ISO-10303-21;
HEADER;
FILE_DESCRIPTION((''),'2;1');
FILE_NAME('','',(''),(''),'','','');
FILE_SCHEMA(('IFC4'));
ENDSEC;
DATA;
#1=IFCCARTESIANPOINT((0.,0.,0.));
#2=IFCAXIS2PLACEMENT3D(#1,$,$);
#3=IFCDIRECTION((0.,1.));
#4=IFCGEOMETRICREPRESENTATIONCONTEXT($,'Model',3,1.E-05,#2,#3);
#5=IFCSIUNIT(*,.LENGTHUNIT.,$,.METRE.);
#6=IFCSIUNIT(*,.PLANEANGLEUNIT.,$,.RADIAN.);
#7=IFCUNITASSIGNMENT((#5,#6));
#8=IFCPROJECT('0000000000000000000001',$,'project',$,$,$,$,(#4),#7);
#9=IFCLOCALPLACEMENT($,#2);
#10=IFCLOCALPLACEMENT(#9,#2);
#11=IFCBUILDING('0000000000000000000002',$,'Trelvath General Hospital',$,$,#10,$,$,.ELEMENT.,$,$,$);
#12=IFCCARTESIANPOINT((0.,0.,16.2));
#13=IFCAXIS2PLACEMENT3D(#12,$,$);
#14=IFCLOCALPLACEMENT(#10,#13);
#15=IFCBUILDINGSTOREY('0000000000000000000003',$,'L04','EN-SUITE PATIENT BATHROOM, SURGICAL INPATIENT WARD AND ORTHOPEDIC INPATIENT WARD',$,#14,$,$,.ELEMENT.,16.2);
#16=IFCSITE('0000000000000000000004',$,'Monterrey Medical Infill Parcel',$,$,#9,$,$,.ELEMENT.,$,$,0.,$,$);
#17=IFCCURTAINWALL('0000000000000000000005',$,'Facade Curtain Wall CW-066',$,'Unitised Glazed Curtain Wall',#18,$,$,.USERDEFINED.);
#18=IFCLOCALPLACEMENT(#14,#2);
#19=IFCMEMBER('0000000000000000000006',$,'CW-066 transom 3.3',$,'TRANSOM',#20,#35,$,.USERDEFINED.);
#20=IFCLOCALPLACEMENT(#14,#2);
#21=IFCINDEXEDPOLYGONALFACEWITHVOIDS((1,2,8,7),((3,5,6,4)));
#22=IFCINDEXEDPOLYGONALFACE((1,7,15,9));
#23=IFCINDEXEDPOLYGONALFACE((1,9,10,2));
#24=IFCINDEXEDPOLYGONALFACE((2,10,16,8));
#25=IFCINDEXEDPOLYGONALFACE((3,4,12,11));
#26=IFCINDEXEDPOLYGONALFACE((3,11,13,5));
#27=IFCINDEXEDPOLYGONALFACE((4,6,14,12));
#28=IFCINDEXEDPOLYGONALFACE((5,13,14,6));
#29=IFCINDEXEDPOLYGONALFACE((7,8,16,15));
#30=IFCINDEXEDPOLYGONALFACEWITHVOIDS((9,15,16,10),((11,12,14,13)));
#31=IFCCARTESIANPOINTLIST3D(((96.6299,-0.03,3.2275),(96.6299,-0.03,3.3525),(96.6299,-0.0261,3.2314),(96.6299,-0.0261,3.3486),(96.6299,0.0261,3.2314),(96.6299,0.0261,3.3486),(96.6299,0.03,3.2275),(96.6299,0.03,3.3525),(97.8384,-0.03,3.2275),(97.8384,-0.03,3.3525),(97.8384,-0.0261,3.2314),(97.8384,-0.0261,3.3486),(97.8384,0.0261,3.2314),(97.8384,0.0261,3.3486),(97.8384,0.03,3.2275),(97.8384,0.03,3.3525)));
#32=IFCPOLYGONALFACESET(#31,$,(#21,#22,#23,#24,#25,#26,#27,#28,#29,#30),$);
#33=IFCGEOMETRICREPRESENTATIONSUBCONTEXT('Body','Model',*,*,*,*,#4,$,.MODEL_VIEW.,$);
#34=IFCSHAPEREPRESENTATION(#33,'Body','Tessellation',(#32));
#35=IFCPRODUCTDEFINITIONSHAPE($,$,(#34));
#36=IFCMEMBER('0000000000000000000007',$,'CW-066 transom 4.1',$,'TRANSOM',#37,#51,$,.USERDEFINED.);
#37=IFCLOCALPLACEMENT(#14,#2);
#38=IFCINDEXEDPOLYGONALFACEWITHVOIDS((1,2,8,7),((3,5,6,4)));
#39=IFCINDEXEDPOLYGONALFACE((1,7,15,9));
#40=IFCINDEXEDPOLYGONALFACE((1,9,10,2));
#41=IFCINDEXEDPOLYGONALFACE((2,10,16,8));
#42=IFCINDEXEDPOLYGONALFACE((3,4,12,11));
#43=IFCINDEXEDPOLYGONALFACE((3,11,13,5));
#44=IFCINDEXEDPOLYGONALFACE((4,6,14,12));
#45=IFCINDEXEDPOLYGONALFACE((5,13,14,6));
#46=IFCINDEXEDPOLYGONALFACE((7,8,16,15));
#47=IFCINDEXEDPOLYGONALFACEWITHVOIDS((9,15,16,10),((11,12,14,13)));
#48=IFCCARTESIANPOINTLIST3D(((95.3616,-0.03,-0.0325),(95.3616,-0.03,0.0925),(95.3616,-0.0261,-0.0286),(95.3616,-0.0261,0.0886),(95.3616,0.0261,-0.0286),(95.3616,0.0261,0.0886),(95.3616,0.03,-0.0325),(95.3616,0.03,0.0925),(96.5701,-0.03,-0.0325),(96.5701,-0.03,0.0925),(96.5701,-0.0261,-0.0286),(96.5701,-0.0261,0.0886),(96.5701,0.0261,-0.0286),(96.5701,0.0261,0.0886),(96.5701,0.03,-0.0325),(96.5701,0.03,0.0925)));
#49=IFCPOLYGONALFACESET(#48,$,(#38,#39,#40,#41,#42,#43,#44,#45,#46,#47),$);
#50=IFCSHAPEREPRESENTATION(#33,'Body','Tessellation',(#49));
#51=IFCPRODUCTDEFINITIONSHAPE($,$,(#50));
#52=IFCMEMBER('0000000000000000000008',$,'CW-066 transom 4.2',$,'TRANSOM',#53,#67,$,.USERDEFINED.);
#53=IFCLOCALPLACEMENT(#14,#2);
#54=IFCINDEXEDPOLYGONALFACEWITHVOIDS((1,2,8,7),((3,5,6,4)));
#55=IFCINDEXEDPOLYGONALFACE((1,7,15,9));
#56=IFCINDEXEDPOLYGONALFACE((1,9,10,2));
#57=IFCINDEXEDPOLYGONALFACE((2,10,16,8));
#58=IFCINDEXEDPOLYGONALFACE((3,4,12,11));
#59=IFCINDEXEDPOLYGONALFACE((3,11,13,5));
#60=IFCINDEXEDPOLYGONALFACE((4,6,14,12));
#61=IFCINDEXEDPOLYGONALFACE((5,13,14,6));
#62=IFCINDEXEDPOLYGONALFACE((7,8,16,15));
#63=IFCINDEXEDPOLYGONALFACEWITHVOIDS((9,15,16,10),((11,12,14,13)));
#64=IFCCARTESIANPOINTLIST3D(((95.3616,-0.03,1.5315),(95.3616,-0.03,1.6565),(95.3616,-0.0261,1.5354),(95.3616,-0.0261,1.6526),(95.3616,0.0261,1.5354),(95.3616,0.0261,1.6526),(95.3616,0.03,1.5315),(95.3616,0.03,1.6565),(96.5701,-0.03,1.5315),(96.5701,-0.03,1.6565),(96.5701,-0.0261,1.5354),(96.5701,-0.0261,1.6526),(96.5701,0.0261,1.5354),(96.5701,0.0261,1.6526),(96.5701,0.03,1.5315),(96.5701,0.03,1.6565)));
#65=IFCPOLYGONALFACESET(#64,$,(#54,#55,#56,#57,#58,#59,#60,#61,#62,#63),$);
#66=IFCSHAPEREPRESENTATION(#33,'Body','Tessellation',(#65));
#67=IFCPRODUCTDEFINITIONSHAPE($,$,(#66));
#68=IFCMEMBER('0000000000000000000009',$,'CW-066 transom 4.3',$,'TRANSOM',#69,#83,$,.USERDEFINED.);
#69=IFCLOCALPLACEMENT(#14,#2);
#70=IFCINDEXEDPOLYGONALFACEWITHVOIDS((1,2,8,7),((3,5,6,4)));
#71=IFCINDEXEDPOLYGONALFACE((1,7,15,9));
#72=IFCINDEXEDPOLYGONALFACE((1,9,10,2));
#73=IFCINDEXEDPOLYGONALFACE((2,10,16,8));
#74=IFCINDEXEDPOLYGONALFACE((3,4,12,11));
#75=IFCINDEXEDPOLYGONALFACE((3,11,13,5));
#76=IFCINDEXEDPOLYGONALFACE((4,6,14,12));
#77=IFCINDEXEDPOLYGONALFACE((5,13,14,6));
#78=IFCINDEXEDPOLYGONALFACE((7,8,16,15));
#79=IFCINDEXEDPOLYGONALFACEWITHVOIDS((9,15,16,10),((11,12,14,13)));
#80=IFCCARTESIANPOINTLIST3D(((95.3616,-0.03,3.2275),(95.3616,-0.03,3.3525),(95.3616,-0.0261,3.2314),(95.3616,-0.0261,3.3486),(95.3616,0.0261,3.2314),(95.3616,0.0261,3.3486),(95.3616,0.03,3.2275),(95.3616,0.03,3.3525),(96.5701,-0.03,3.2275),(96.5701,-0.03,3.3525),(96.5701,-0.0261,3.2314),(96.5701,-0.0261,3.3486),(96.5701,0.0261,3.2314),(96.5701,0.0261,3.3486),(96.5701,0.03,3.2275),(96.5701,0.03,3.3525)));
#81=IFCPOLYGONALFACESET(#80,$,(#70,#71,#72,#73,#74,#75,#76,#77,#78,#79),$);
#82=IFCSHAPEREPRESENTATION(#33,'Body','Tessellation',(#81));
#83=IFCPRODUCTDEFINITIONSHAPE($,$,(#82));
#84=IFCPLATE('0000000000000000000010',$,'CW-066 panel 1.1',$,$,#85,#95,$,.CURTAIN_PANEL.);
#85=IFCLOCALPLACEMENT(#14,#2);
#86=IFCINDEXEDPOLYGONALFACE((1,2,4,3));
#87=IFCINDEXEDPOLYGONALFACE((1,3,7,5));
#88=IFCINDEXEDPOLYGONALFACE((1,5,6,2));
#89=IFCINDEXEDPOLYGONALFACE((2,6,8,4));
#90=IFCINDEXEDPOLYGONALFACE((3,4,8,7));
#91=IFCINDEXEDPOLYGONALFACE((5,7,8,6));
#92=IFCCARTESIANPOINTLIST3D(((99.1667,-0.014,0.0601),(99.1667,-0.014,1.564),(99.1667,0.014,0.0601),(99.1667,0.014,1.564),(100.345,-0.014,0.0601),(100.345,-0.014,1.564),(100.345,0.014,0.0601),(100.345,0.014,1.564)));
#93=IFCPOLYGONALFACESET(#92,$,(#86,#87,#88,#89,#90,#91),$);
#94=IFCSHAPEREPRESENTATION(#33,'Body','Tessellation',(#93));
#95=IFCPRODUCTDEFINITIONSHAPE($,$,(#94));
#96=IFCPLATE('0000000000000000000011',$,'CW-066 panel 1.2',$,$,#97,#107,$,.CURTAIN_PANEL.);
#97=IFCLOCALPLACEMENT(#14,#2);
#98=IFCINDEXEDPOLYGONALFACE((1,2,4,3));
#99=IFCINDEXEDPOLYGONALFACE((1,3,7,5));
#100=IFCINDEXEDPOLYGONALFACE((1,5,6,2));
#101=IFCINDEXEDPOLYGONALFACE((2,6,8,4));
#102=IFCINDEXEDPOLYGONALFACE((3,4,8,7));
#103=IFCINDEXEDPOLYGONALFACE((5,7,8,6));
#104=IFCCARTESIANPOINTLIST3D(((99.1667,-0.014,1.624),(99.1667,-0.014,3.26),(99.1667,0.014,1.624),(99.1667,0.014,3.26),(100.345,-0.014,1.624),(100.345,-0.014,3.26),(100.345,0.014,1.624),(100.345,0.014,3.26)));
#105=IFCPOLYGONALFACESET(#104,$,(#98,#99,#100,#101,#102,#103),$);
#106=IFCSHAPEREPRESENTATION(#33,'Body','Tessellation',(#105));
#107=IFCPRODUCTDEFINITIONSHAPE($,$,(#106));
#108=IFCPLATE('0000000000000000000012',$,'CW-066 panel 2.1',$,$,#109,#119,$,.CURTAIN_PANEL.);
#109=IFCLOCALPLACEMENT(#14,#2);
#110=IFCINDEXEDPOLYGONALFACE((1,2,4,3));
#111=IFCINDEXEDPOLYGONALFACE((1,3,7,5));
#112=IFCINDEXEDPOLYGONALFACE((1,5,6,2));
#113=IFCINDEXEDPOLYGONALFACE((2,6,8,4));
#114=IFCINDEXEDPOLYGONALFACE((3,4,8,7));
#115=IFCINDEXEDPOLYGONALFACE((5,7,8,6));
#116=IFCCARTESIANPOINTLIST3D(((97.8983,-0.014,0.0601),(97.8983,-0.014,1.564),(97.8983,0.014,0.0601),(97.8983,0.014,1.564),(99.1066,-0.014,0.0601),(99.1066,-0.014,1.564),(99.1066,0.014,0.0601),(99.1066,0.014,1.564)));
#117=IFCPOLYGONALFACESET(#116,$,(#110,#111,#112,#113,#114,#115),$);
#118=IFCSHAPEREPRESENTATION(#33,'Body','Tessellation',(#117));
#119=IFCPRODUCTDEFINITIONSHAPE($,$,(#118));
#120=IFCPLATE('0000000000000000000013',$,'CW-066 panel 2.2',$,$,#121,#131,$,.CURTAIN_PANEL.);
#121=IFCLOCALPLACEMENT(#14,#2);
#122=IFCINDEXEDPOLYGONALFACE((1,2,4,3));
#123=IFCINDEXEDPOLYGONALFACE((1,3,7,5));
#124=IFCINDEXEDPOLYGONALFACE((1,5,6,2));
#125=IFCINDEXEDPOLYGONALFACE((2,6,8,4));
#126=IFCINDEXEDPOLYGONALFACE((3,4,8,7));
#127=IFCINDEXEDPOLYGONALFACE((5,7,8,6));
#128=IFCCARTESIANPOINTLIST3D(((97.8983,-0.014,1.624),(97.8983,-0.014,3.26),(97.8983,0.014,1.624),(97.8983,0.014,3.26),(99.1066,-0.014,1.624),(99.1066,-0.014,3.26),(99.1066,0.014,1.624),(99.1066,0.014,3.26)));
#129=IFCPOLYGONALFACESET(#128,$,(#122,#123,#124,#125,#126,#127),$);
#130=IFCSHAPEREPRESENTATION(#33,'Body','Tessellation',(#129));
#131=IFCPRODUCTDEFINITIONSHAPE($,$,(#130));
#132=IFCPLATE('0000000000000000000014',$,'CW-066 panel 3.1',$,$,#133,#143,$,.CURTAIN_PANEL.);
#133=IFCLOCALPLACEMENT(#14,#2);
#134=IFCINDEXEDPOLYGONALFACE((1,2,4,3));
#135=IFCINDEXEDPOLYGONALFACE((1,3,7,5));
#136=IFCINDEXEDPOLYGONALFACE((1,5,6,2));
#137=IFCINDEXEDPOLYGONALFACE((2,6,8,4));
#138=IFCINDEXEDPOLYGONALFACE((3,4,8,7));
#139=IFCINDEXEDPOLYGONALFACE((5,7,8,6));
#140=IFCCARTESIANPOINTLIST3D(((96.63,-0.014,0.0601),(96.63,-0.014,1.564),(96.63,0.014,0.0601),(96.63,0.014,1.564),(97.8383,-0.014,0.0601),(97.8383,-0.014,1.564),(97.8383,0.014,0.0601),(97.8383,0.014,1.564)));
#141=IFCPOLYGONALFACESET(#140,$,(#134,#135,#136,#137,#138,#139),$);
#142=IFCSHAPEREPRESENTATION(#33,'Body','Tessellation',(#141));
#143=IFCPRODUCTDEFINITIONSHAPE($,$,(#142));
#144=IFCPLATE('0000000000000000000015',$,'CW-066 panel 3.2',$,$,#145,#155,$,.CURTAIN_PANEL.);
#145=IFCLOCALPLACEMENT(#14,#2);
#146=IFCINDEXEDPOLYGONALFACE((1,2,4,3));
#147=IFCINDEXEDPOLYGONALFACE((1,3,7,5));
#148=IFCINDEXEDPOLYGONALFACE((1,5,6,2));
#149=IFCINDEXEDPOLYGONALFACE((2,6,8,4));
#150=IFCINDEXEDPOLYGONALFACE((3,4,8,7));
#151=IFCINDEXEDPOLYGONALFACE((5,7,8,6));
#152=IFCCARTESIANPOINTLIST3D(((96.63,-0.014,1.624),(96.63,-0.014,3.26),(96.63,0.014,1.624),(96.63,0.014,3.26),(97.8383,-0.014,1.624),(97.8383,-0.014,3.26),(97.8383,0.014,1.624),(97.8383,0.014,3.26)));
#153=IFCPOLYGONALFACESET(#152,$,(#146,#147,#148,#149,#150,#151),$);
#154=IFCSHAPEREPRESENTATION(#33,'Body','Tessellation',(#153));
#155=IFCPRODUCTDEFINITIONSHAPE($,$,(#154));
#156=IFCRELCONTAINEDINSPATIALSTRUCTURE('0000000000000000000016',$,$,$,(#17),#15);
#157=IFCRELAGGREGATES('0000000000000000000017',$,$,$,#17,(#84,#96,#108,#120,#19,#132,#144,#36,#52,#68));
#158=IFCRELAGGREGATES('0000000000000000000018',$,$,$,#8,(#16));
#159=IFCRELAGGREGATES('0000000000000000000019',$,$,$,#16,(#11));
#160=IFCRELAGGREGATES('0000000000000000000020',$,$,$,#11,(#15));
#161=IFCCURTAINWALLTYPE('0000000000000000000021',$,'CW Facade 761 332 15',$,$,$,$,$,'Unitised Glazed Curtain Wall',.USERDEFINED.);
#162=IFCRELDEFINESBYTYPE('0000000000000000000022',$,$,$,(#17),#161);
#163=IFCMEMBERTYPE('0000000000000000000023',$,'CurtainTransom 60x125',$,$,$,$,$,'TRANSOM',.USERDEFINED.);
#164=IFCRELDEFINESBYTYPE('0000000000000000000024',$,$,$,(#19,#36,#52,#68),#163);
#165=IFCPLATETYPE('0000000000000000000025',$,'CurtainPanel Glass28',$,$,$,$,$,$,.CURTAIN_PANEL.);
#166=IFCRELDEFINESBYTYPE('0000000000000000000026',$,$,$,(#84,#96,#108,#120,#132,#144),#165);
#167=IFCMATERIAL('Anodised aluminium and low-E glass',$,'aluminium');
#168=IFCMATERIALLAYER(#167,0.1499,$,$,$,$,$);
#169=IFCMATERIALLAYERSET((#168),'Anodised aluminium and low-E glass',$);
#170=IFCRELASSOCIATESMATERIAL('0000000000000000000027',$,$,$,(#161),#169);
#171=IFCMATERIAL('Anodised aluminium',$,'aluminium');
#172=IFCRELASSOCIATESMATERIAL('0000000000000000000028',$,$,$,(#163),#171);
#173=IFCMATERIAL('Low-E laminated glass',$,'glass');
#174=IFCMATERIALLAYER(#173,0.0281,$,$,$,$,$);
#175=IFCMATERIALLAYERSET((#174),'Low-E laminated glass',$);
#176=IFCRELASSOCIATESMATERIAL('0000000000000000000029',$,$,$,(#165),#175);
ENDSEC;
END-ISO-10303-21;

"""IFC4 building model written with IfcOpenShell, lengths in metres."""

from ifc_helpers import new_model, si_unit, direction, frame, origin, origin_2d, place, context, subcontext, project, spatial, rectangle, hollow_rectangle, extrude, material, layer, layer_set, material_profile, profile_set, type_object, element, aggregate, save


model = new_model("IFC4")

# Units and contexts
model_context = context("Model", 3, precision=1e-05, world=origin(), true_north=direction((0.0, 1.0)))
body_context = subcontext(model_context, "Body", "Model", "MODEL_VIEW")
ifc_project = project(units=[si_unit("LENGTHUNIT", "METRE"), si_unit("PLANEANGLEUNIT", "RADIAN")], contexts=[model_context])

# Site, building, storey
site_placement = place(None, origin())
site = spatial("IfcSite", under=ifc_project, at=site_placement, Name="Monterrey Medical Infill Parcel", CompositionType="ELEMENT", RefElevation=0.0)
building_placement = place(site_placement, origin())
building = spatial("IfcBuilding", under=site, at=building_placement, Name="Trelvath General Hospital", CompositionType="ELEMENT")
storey_placement = place(building_placement, frame((0.0, 0.0, 16.2)))
storey = spatial("IfcBuildingStorey", under=building, at=storey_placement, Name="L04", Description="EN-SUITE PATIENT BATHROOM, SURGICAL INPATIENT WARD AND ORTHOPEDIC INPATIENT WARD", CompositionType="ELEMENT", Elevation=16.2)

# Curtain wall, members, plates
ifc_material_1 = material(Name="Anodised aluminium and low-E glass", Category="aluminium")
ifc_layer_1 = layer(ifc_material_1, 0.1499)
ifc_layer_set_1 = layer_set([ifc_layer_1], Name="Anodised aluminium and low-E glass")
curtain_wall_type = type_object("IfcCurtainWallType", Name="CW Facade 761 332 15", ElementType="Unitised Glazed Curtain Wall", PredefinedType="USERDEFINED", material=ifc_layer_set_1)
curtain_wall_placement = place(storey_placement, origin())
curtain_wall = element("IfcCurtainWall", 1, at=curtain_wall_placement, inside=storey, type_object=curtain_wall_type, Name="Facade Curtain Wall CW-066", ObjectType="Unitised Glazed Curtain Wall", PredefinedType="USERDEFINED")
ifc_material_2 = material(Name="Anodised aluminium", Category="aluminium")
ifc_material_profile_1 = material_profile(ifc_material_2, hollow_rectangle(XDim=0.0601, YDim=0.125, WallThickness=0.0039, at=origin_2d()), Name="RHS60x125x4")
ifc_profile_set_1 = profile_set([ifc_material_profile_1], Name="Anodised aluminium")
member_type_1 = type_object("IfcMemberType", Name="CurtainTransom 60x125", ElementType="TRANSOM", PredefinedType="USERDEFINED", material=ifc_profile_set_1)
member_1_placement = place(storey_placement, frame((97.8384, 0.0, 3.29), z_axis=(-1.0, 0.0, 0.0), x_axis=(0.0, -1.0, 0.0)))
member_1 = element("IfcMember", 2, at=member_1_placement, type_object=member_type_1, Name="CW-066 transom 3.3", ObjectType="TRANSOM", PredefinedType="USERDEFINED", context=body_context, shape_type="SweptSolid", body=[
    extrude(hollow_rectangle(XDim=0.0601, YDim=0.125, WallThickness=0.0039, at=origin_2d()), origin(), (0.0, 0.0, 1.0), 1.2085),
])
member_2_placement = place(storey_placement, frame((96.5701, 0.0, 0.03), z_axis=(-1.0, 0.0, 0.0), x_axis=(0.0, -1.0, 0.0)))
member_2 = element("IfcMember", 3, at=member_2_placement, type_object=member_type_1, Name="CW-066 transom 4.1", ObjectType="TRANSOM", PredefinedType="USERDEFINED", context=body_context, shape_type="SweptSolid", body=[
    extrude(hollow_rectangle(XDim=0.0601, YDim=0.125, WallThickness=0.0039, at=origin_2d()), origin(), (0.0, 0.0, 1.0), 1.2085),
])
member_3_placement = place(storey_placement, frame((96.5701, 0.0, 1.594), z_axis=(-1.0, 0.0, 0.0), x_axis=(0.0, -1.0, 0.0)))
member_3 = element("IfcMember", 4, at=member_3_placement, type_object=member_type_1, Name="CW-066 transom 4.2", ObjectType="TRANSOM", PredefinedType="USERDEFINED", context=body_context, shape_type="SweptSolid", body=[
    extrude(hollow_rectangle(XDim=0.0601, YDim=0.125, WallThickness=0.0039, at=origin_2d()), origin(), (0.0, 0.0, 1.0), 1.2085),
])
member_4_placement = place(storey_placement, frame((96.5701, 0.0, 3.29), z_axis=(-1.0, 0.0, 0.0), x_axis=(0.0, -1.0, 0.0)))
member_4 = element("IfcMember", 5, at=member_4_placement, type_object=member_type_1, Name="CW-066 transom 4.3", ObjectType="TRANSOM", PredefinedType="USERDEFINED", context=body_context, shape_type="SweptSolid", body=[
    extrude(hollow_rectangle(XDim=0.0601, YDim=0.125, WallThickness=0.0039, at=origin_2d()), origin(), (0.0, 0.0, 1.0), 1.2085),
])
ifc_material_3 = material(Name="Low-E laminated glass", Category="glass")
ifc_layer_2 = layer(ifc_material_3, 0.0281)
ifc_layer_set_2 = layer_set([ifc_layer_2], Name="Low-E laminated glass")
plate_type = type_object("IfcPlateType", Name="CurtainPanel Glass28", PredefinedType="CURTAIN_PANEL", material=ifc_layer_set_2)
plate_1_placement = place(storey_placement, frame((99.7559, 0.0, 0.0601), z_axis=(0.0, 0.0, 1.0), x_axis=(-1.0, 0.0, 0.0)))
plate_1 = element("IfcPlate", 6, at=plate_1_placement, type_object=plate_type, Name="CW-066 panel 1.1", PredefinedType="CURTAIN_PANEL", context=body_context, shape_type="SweptSolid", body=[
    extrude(rectangle(XDim=1.1782, YDim=0.0281, at=origin_2d()), origin(), (0.0, 0.0, 1.0), 1.5039),
])
plate_2_placement = place(storey_placement, frame((99.7559, 0.0, 1.624), z_axis=(0.0, 0.0, 1.0), x_axis=(-1.0, 0.0, 0.0)))
plate_2 = element("IfcPlate", 7, at=plate_2_placement, type_object=plate_type, Name="CW-066 panel 1.2", PredefinedType="CURTAIN_PANEL", context=body_context, shape_type="SweptSolid", body=[
    extrude(rectangle(XDim=1.1782, YDim=0.0281, at=origin_2d()), origin(), (0.0, 0.0, 1.0), 1.636),
])
plate_3_placement = place(storey_placement, frame((98.5024, 0.0, 0.0601), z_axis=(0.0, 0.0, 1.0), x_axis=(-1.0, 0.0, 0.0)))
plate_3 = element("IfcPlate", 8, at=plate_3_placement, type_object=plate_type, Name="CW-066 panel 2.1", PredefinedType="CURTAIN_PANEL", context=body_context, shape_type="SweptSolid", body=[
    extrude(rectangle(XDim=1.2083, YDim=0.0281, at=origin_2d()), origin(), (0.0, 0.0, 1.0), 1.5039),
])
plate_4_placement = place(storey_placement, frame((98.5024, 0.0, 1.624), z_axis=(0.0, 0.0, 1.0), x_axis=(-1.0, 0.0, 0.0)))
plate_4 = element("IfcPlate", 9, at=plate_4_placement, type_object=plate_type, Name="CW-066 panel 2.2", PredefinedType="CURTAIN_PANEL", context=body_context, shape_type="SweptSolid", body=[
    extrude(rectangle(XDim=1.2083, YDim=0.0281, at=origin_2d()), origin(), (0.0, 0.0, 1.0), 1.636),
])
plate_5_placement = place(storey_placement, frame((97.2341, 0.0, 0.0601), z_axis=(0.0, 0.0, 1.0), x_axis=(-1.0, 0.0, 0.0)))
plate_5 = element("IfcPlate", 10, at=plate_5_placement, type_object=plate_type, Name="CW-066 panel 3.1", PredefinedType="CURTAIN_PANEL", context=body_context, shape_type="SweptSolid", body=[
    extrude(rectangle(XDim=1.2083, YDim=0.0281, at=origin_2d()), origin(), (0.0, 0.0, 1.0), 1.5039),
])
plate_6_placement = place(storey_placement, frame((97.2341, 0.0, 1.624), z_axis=(0.0, 0.0, 1.0), x_axis=(-1.0, 0.0, 0.0)))
plate_6 = element("IfcPlate", 11, at=plate_6_placement, type_object=plate_type, Name="CW-066 panel 3.2", PredefinedType="CURTAIN_PANEL", context=body_context, shape_type="SweptSolid", body=[
    extrude(rectangle(XDim=1.2083, YDim=0.0281, at=origin_2d()), origin(), (0.0, 0.0, 1.0), 1.636),
])
aggregate(curtain_wall, [plate_1, plate_2, plate_3, plate_4, member_1, plate_5, plate_6, member_2, member_3, member_4])

save(model, "model.ifc")
